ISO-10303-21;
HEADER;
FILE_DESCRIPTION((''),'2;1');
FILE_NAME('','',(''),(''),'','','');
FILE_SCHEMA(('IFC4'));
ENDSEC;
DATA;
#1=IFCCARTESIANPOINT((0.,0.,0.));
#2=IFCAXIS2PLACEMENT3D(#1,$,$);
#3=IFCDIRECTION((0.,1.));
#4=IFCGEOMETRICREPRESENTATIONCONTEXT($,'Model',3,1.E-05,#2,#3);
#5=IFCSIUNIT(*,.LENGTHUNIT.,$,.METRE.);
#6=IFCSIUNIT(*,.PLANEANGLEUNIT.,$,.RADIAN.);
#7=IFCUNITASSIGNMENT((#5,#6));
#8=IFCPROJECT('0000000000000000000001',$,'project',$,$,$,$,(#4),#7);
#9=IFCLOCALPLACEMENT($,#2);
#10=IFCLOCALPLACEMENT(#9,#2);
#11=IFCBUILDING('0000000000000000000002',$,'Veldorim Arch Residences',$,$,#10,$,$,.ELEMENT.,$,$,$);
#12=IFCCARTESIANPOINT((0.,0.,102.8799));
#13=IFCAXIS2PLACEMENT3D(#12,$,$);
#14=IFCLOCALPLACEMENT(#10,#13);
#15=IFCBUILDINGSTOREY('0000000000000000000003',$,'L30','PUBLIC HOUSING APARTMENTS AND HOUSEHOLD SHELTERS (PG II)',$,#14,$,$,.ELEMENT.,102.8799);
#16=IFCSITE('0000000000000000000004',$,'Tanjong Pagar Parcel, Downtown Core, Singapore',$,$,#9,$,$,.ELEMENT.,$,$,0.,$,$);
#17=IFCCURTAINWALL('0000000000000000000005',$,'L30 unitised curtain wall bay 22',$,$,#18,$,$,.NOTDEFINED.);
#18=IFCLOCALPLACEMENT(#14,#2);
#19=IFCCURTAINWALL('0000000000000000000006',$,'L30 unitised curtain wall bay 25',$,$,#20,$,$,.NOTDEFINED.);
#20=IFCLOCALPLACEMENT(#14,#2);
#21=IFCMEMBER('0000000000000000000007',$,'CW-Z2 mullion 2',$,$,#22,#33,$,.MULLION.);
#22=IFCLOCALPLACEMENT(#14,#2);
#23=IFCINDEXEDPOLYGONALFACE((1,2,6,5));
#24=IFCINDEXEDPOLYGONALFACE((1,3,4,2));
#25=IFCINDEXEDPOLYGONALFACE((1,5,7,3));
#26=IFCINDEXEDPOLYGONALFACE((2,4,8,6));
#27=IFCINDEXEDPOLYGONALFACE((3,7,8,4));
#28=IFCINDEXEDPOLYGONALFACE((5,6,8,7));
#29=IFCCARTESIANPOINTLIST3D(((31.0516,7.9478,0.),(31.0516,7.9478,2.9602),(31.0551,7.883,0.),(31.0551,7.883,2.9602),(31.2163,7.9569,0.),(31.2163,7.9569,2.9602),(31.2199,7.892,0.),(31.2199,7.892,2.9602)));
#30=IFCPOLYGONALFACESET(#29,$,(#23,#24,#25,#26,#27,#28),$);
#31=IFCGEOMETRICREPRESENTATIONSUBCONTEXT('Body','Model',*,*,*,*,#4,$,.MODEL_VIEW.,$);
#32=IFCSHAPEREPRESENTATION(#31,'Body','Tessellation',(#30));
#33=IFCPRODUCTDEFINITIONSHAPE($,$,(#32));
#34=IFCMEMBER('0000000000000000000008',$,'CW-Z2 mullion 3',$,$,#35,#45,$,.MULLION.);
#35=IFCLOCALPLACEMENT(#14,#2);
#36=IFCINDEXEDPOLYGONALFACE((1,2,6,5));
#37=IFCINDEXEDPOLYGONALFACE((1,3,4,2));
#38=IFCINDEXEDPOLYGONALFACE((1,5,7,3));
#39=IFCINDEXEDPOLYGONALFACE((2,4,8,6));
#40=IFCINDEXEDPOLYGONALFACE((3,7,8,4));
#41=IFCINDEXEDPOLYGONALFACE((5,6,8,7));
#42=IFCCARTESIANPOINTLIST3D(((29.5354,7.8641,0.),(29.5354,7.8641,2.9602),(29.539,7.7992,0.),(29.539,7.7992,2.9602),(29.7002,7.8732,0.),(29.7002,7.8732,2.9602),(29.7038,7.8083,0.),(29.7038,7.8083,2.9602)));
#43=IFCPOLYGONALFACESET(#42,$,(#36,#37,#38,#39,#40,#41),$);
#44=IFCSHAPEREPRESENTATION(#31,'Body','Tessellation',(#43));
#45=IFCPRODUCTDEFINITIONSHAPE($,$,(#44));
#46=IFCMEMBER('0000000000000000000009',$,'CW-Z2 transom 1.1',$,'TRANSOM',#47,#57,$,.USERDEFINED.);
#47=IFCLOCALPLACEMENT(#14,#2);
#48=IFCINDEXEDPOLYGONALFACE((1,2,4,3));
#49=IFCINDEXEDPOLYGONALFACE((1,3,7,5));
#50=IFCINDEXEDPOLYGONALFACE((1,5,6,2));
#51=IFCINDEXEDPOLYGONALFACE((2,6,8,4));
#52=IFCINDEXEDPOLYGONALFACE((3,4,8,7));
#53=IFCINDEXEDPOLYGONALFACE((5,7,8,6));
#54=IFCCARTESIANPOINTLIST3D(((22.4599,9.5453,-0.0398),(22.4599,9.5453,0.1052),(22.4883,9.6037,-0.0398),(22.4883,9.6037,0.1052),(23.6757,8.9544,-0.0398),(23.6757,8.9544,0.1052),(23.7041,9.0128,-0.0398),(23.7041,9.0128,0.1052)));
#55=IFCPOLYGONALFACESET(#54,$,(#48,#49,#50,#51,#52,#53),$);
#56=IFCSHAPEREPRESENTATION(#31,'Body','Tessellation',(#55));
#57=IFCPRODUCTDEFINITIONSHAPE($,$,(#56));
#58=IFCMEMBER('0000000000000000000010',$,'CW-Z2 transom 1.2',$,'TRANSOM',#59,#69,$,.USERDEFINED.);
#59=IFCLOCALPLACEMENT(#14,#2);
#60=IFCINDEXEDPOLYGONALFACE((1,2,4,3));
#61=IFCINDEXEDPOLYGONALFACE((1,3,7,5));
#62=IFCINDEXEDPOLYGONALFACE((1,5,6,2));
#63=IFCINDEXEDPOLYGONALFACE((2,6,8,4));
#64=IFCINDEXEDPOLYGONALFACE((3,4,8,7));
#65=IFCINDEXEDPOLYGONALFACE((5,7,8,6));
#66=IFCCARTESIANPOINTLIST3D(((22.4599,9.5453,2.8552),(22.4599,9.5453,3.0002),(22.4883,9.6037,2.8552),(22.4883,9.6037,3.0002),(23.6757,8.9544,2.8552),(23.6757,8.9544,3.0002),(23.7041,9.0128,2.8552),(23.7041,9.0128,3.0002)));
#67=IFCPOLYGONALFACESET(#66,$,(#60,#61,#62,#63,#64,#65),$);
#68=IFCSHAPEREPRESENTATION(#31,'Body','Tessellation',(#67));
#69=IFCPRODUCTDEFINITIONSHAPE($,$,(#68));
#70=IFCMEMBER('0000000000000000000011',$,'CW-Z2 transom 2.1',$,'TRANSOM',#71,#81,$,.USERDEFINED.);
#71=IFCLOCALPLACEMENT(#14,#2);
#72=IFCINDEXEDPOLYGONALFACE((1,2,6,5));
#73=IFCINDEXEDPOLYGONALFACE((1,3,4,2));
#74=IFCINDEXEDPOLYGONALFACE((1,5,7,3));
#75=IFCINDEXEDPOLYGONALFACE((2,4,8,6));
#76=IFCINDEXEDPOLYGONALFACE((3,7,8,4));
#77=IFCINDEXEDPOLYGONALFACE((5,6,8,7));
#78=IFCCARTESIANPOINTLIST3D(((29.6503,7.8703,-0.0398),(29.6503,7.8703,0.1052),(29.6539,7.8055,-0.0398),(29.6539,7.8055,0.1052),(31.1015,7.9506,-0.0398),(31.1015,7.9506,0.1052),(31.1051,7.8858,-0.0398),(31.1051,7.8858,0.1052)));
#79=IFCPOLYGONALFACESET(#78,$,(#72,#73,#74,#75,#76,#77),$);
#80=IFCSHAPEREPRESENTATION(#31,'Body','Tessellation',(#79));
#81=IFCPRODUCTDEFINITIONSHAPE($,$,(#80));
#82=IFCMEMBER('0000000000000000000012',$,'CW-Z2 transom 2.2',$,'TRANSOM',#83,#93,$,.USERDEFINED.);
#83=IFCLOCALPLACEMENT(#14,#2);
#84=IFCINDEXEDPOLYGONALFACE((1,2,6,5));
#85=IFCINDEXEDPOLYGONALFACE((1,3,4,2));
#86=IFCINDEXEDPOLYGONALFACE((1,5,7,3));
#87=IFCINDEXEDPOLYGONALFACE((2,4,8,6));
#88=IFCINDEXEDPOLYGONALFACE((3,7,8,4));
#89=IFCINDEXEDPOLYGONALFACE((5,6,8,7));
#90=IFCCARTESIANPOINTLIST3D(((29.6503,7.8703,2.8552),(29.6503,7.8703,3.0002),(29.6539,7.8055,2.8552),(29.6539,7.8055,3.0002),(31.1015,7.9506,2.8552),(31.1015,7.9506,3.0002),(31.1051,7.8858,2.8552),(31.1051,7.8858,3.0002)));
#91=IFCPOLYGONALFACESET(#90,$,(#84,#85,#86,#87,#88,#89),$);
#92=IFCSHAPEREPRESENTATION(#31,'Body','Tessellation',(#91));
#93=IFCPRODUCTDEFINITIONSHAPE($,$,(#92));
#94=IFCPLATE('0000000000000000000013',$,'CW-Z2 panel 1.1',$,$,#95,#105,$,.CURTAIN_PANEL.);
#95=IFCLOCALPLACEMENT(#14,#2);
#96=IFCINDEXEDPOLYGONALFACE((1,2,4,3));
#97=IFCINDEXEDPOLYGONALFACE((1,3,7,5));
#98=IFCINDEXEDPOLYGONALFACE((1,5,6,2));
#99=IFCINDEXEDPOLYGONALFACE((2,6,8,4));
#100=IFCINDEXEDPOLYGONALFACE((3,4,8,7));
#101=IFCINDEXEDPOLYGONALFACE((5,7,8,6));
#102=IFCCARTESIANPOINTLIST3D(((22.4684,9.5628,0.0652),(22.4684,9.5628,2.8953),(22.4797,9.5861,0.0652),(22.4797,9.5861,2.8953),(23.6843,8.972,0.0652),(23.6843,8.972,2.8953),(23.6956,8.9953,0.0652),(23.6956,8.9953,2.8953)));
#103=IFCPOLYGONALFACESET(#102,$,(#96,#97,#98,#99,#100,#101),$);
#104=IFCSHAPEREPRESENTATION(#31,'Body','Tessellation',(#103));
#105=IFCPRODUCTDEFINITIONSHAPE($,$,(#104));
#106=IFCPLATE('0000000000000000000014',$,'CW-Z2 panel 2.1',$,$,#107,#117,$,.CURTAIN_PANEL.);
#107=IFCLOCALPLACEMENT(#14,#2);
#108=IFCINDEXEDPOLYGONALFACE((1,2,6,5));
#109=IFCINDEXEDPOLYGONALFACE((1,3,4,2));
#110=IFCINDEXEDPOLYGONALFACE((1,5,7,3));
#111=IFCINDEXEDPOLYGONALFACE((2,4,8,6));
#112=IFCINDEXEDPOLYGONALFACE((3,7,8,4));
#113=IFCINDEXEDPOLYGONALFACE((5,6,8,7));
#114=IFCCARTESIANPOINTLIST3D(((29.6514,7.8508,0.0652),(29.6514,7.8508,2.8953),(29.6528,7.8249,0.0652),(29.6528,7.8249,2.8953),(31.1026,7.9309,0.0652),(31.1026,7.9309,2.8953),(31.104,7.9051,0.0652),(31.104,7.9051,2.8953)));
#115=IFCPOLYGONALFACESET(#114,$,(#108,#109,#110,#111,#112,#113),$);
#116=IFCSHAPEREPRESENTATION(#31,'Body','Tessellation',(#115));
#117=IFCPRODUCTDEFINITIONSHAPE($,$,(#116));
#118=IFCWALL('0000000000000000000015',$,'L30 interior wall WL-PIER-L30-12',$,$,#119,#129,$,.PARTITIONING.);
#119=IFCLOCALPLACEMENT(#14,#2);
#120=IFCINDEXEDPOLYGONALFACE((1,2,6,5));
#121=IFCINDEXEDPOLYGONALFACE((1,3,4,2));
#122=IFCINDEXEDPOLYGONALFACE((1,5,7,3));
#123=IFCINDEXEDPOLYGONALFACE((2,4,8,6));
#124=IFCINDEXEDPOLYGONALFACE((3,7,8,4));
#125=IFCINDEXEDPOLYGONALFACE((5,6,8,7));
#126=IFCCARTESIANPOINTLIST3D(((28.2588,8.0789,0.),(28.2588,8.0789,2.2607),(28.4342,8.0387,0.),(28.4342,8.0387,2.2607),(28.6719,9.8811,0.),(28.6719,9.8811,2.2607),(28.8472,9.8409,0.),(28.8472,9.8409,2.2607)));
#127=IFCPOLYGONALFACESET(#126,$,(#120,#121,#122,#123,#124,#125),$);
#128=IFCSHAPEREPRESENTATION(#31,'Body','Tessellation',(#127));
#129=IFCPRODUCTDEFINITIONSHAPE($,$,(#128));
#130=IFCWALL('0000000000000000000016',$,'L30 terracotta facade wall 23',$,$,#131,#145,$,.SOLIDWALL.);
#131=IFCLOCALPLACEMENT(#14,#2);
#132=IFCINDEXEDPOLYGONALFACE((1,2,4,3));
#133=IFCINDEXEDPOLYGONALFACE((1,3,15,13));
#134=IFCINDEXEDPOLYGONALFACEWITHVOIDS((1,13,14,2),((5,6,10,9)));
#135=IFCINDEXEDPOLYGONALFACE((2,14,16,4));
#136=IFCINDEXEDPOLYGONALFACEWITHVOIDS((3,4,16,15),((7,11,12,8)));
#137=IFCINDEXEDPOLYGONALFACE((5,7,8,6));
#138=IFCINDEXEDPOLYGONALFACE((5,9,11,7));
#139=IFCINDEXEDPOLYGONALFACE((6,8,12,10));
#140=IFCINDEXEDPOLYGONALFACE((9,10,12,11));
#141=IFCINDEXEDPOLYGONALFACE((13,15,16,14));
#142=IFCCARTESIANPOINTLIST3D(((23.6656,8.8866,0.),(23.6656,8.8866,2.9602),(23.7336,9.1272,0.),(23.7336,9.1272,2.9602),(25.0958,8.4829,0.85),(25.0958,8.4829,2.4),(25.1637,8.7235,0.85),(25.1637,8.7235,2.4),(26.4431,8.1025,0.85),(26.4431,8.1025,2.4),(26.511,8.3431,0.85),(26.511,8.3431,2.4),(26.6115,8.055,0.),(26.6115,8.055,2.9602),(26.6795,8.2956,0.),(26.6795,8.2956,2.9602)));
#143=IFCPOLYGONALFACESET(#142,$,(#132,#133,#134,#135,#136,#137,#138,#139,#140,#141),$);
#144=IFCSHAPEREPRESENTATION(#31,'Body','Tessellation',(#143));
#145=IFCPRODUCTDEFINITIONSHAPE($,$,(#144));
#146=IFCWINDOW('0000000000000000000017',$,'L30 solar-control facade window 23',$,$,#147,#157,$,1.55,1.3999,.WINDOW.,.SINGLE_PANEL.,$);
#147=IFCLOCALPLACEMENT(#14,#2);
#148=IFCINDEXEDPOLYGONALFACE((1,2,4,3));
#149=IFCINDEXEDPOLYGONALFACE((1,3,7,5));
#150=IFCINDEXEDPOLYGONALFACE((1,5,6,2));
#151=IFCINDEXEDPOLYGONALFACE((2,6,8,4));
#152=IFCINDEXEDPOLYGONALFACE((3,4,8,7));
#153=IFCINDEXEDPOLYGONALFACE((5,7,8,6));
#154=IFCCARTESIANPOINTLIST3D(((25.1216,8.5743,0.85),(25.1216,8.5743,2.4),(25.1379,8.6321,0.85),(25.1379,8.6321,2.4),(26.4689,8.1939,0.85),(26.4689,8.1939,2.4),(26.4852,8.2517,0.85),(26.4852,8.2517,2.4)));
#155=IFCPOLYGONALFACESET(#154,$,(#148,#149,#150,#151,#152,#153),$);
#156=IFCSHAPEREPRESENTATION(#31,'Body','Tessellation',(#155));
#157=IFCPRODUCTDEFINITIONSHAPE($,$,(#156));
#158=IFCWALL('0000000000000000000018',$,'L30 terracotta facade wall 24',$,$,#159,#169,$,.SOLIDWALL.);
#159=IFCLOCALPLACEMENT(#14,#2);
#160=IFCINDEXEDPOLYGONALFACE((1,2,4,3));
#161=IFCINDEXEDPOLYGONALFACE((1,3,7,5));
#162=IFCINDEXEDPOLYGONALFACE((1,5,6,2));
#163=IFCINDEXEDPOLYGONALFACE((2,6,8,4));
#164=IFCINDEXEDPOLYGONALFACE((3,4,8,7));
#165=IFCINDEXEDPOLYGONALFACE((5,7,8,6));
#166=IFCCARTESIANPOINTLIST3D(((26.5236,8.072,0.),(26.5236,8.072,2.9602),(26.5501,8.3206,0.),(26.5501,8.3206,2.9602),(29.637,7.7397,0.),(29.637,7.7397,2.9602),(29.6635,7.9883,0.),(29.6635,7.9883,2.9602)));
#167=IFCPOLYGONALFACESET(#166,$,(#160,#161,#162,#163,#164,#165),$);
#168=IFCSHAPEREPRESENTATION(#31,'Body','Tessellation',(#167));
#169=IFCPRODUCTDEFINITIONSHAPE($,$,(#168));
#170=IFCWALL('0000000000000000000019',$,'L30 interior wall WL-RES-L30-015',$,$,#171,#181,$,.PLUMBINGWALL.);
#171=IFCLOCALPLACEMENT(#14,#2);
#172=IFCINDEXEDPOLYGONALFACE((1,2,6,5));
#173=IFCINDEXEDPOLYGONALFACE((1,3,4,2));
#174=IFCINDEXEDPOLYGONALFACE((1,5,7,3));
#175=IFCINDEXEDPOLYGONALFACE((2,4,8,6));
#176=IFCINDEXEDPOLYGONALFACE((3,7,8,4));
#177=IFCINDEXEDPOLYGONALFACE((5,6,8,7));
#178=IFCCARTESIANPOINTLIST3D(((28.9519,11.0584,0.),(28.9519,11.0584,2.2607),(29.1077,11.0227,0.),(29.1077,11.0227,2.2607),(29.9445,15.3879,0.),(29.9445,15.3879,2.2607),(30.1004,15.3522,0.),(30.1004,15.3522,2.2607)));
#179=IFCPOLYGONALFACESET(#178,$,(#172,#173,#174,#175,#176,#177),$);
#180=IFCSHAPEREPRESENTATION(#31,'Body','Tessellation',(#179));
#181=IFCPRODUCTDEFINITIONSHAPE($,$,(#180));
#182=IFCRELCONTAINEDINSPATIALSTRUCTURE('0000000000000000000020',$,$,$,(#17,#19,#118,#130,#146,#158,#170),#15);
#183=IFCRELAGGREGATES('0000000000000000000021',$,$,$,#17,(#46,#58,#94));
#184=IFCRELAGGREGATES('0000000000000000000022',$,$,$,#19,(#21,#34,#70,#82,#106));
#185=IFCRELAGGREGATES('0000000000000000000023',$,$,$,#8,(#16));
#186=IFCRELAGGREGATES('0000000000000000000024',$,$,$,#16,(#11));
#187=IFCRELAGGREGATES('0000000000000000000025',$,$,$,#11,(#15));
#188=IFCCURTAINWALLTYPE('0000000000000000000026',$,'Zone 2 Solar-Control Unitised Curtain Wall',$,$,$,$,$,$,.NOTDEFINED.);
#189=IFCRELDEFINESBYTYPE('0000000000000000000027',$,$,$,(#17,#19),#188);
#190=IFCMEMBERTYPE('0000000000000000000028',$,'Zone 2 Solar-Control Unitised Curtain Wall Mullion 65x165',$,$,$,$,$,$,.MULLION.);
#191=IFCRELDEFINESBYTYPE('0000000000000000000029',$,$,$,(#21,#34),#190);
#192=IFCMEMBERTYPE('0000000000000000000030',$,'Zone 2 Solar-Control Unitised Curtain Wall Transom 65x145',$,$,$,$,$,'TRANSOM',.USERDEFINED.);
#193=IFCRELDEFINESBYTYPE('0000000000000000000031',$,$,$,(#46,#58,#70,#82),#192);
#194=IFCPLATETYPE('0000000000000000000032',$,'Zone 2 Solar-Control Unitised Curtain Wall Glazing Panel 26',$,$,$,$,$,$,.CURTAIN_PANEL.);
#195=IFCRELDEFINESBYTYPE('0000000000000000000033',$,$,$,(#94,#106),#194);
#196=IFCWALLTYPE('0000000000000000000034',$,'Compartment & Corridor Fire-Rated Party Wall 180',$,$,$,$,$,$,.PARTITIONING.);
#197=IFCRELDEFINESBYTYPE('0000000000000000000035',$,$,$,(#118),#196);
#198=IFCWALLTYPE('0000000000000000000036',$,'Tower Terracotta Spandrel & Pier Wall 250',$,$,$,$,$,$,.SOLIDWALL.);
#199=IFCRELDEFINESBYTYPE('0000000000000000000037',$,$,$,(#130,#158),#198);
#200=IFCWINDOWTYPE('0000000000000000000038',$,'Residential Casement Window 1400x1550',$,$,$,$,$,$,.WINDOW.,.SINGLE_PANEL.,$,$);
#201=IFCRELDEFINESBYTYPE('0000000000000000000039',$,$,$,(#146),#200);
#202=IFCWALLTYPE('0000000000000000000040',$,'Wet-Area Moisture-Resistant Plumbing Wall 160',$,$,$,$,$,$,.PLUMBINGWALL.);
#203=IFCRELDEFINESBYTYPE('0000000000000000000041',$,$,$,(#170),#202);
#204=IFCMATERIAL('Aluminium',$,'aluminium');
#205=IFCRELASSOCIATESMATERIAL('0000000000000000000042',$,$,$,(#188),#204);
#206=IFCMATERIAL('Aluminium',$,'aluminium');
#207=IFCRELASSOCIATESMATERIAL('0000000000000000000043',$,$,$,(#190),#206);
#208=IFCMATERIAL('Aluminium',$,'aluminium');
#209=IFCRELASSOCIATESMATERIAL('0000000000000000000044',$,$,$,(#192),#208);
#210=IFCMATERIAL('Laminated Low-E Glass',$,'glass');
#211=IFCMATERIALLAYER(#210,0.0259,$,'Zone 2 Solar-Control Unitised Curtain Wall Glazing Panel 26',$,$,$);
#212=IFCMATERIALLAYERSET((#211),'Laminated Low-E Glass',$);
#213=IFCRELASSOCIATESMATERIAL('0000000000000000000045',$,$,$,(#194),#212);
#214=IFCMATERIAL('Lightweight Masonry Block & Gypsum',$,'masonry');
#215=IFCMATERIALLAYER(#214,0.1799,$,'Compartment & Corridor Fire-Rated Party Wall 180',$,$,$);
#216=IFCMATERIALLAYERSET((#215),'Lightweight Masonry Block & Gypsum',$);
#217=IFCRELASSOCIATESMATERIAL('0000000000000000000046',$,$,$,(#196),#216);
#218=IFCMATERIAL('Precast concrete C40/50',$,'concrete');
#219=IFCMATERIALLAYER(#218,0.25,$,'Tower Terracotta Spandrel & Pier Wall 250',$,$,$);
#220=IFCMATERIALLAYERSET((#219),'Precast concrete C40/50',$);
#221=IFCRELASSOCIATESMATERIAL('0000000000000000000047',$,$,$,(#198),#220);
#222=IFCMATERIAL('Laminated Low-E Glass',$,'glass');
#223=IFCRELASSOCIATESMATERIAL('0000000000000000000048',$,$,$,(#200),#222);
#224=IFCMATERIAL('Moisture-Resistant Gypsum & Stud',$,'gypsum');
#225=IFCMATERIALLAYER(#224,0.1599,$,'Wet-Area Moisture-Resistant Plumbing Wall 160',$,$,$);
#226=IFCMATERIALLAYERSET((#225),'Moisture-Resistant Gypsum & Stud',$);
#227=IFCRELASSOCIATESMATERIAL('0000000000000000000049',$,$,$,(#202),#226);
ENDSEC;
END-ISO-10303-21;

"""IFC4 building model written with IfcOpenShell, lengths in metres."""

from ifc_helpers import new_model, si_unit, direction, frame, frame_2d, origin, origin_2d, place, context, subcontext, project, spatial, rectangle, extrude, material, layer, layer_set, material_profile, profile_set, type_object, element, fill, aggregate, save


model = new_model("IFC4")

# Units and contexts
model_context = context("Model", 3, precision=1e-05, world=origin(), true_north=direction((0.0, 1.0)))
body_context = subcontext(model_context, "Body", "Model", "MODEL_VIEW")
ifc_project = project(units=[si_unit("LENGTHUNIT", "METRE"), si_unit("PLANEANGLEUNIT", "RADIAN")], contexts=[model_context])

# Site, building, storey
site_placement = place(None, origin())
site = spatial("IfcSite", under=ifc_project, at=site_placement, Name="Tanjong Pagar Parcel, Downtown Core, Singapore", CompositionType="ELEMENT", RefElevation=0.0)
building_placement = place(site_placement, origin())
building = spatial("IfcBuilding", under=site, at=building_placement, Name="Veldorim Arch Residences", CompositionType="ELEMENT")
storey_placement = place(building_placement, frame((0.0, 0.0, 102.8799)))
storey = spatial("IfcBuildingStorey", under=building, at=storey_placement, Name="L30", Description="PUBLIC HOUSING APARTMENTS AND HOUSEHOLD SHELTERS (PG II)", CompositionType="ELEMENT", Elevation=102.8799)

# Curtain wall
ifc_material_1 = material(Name="Aluminium", Category="aluminium")
curtain_wall_type = type_object("IfcCurtainWallType", Name="Zone 2 Solar-Control Unitised Curtain Wall", PredefinedType="NOTDEFINED", material=ifc_material_1)
curtain_wall_1_placement = place(storey_placement, origin())
curtain_wall_1 = element("IfcCurtainWall", 1, at=curtain_wall_1_placement, inside=storey, type_object=curtain_wall_type, Name="L30 unitised curtain wall bay 22", PredefinedType="NOTDEFINED")
ifc_material_2 = material(Name="Aluminium", Category="aluminium")
ifc_material_profile_1 = material_profile(ifc_material_2, rectangle(XDim=0.0649, YDim=0.165, at=origin_2d()), Name="ALU_MUL_65x165")
ifc_profile_set_1 = profile_set([ifc_material_profile_1], Name="Aluminium")
member_type_1 = type_object("IfcMemberType", Name="Zone 2 Solar-Control Unitised Curtain Wall Mullion 65x165", PredefinedType="MULLION", material=ifc_profile_set_1)

# Curtain wall, members
curtain_wall_2_placement = place(storey_placement, origin())
curtain_wall_2 = element("IfcCurtainWall", 2, at=curtain_wall_2_placement, inside=storey, type_object=curtain_wall_type, Name="L30 unitised curtain wall bay 25", PredefinedType="NOTDEFINED")
member_1_placement = place(storey_placement, frame((31.1357, 7.9199, 0.0), z_axis=(0.0, 0.0, 1.0), x_axis=(0.055127, -0.998479, 0.0)))
member_1 = element("IfcMember", 3, at=member_1_placement, type_object=member_type_1, Name="CW-Z2 mullion 2", PredefinedType="MULLION", context=body_context, shape_type="SweptSolid", body=[
    extrude(rectangle(XDim=0.0649, YDim=0.165, at=origin_2d()), origin(), (0.0, 0.0, 1.0), 2.9602),
])
member_2_placement = place(storey_placement, frame((29.6196, 7.8362, 0.0), z_axis=(0.0, 0.0, 1.0), x_axis=(0.055127, -0.998479, 0.0)))
member_2 = element("IfcMember", 4, at=member_2_placement, type_object=member_type_1, Name="CW-Z2 mullion 3", PredefinedType="MULLION", context=body_context, shape_type="SweptSolid", body=[
    extrude(rectangle(XDim=0.0649, YDim=0.165, at=origin_2d()), origin(), (0.0, 0.0, 1.0), 2.9602),
])

# Members
ifc_material_3 = material(Name="Aluminium", Category="aluminium")
ifc_material_profile_2 = material_profile(ifc_material_3, rectangle(XDim=0.0649, YDim=0.145, at=origin_2d()), Name="ALU_TRN_65x145")
ifc_profile_set_2 = profile_set([ifc_material_profile_2], Name="Aluminium")
member_type_2 = type_object("IfcMemberType", Name="Zone 2 Solar-Control Unitised Curtain Wall Transom 65x145", ElementType="TRANSOM", PredefinedType="USERDEFINED", material=ifc_profile_set_2)
member_3_placement = place(storey_placement, frame((23.6899, 8.9836, 0.0327), z_axis=(-0.899427, 0.437071, 0.0), x_axis=(-0.437071, -0.899427, 0.0)))
member_3 = element("IfcMember", 5, at=member_3_placement, type_object=member_type_2, Name="CW-Z2 transom 1.1", ObjectType="TRANSOM", PredefinedType="USERDEFINED", context=body_context, shape_type="SweptSolid", body=[
    extrude(rectangle(XDim=0.0649, YDim=0.145, at=origin_2d()), origin(), (0.0, 0.0, 1.0), 1.3518),
])
member_4_placement = place(storey_placement, frame((23.6899, 8.9836, 2.9277), z_axis=(-0.899427, 0.437071, 0.0), x_axis=(-0.437071, -0.899427, 0.0)))
member_4 = element("IfcMember", 6, at=member_4_placement, type_object=member_type_2, Name="CW-Z2 transom 1.2", ObjectType="TRANSOM", PredefinedType="USERDEFINED", context=body_context, shape_type="SweptSolid", body=[
    extrude(rectangle(XDim=0.0649, YDim=0.145, at=origin_2d()), origin(), (0.0, 0.0, 1.0), 1.3518),
])
member_5_placement = place(storey_placement, frame((31.1033, 7.9182, 0.0327), z_axis=(-0.998472, -0.055265, 0.0), x_axis=(0.055265, -0.998472, 0.0)))
member_5 = element("IfcMember", 7, at=member_5_placement, type_object=member_type_2, Name="CW-Z2 transom 2.1", ObjectType="TRANSOM", PredefinedType="USERDEFINED", context=body_context, shape_type="SweptSolid", body=[
    extrude(rectangle(XDim=0.0649, YDim=0.145, at=origin_2d()), origin(), (0.0, 0.0, 1.0), 1.4534),
])
member_6_placement = place(storey_placement, frame((31.1033, 7.9182, 2.9277), z_axis=(-0.998472, -0.055265, 0.0), x_axis=(0.055265, -0.998472, 0.0)))
member_6 = element("IfcMember", 8, at=member_6_placement, type_object=member_type_2, Name="CW-Z2 transom 2.2", ObjectType="TRANSOM", PredefinedType="USERDEFINED", context=body_context, shape_type="SweptSolid", body=[
    extrude(rectangle(XDim=0.0649, YDim=0.145, at=origin_2d()), origin(), (0.0, 0.0, 1.0), 1.4534),
])

# Plates
ifc_material_4 = material(Name="Laminated Low-E Glass", Category="glass")
ifc_layer_1 = layer(ifc_material_4, 0.0259, Name="Zone 2 Solar-Control Unitised Curtain Wall Glazing Panel 26")
ifc_layer_set_1 = layer_set([ifc_layer_1], Name="Laminated Low-E Glass")
plate_type = type_object("IfcPlateType", Name="Zone 2 Solar-Control Unitised Curtain Wall Glazing Panel 26", PredefinedType="CURTAIN_PANEL", material=ifc_layer_set_1)
plate_1_placement = place(storey_placement, frame((23.082, 9.2791, 0.0652), z_axis=(0.0, 0.0, 1.0), x_axis=(-0.899462, 0.437, 0.0)))
plate_1 = element("IfcPlate", 9, at=plate_1_placement, type_object=plate_type, Name="CW-Z2 panel 1.1", PredefinedType="CURTAIN_PANEL", context=body_context, shape_type="SweptSolid", body=[
    extrude(rectangle(XDim=1.3518, YDim=0.0259, at=origin_2d()), origin(), (0.0, 0.0, 1.0), 2.8301),
])
aggregate(curtain_wall_1, [member_3, member_4, plate_1])
plate_2_placement = place(storey_placement, frame((30.3777, 7.8779, 0.0652), z_axis=(0.0, 0.0, 1.0), x_axis=(-0.998479, -0.055127, 0.0)))
plate_2 = element("IfcPlate", 10, at=plate_2_placement, type_object=plate_type, Name="CW-Z2 panel 2.1", PredefinedType="CURTAIN_PANEL", context=body_context, shape_type="SweptSolid", body=[
    extrude(rectangle(XDim=1.4534, YDim=0.0259, at=origin_2d()), origin(), (0.0, 0.0, 1.0), 2.8301),
])
aggregate(curtain_wall_2, [member_1, member_2, member_5, member_6, plate_2])

# Wall
ifc_material_5 = material(Name="Lightweight Masonry Block & Gypsum", Category="masonry")
ifc_layer_2 = layer(ifc_material_5, 0.1799, Name="Compartment & Corridor Fire-Rated Party Wall 180")
ifc_layer_set_2 = layer_set([ifc_layer_2], Name="Lightweight Masonry Block & Gypsum")
wall_type_1 = type_object("IfcWallType", Name="Compartment & Corridor Fire-Rated Party Wall 180", PredefinedType="PARTITIONING", material=ifc_layer_set_2)
wall_1_placement = place(storey_placement, frame((28.7595, 9.8608, 0.0), z_axis=(0.0, 0.0, 1.0), x_axis=(-0.223413, -0.974724, 0.0)))
element("IfcWall", 11, at=wall_1_placement, inside=storey, type_object=wall_type_1, Name="L30 interior wall WL-PIER-L30-12", PredefinedType="PARTITIONING", context=body_context, shape_type="SweptSolid", body=[
    extrude(rectangle(XDim=1.8489, YDim=0.1799, at=frame_2d((0.9243, 0.0))), origin(), (0.0, 0.0, 1.0), 2.2607),
])

# Wall, opening, window
ifc_material_6 = material(Name="Precast concrete C40/50", Category="concrete")
ifc_layer_3 = layer(ifc_material_6, 0.25, Name="Tower Terracotta Spandrel & Pier Wall 250")
ifc_layer_set_3 = layer_set([ifc_layer_3], Name="Precast concrete C40/50")
wall_type_2 = type_object("IfcWallType", Name="Tower Terracotta Spandrel & Pier Wall 250", PredefinedType="SOLIDWALL", material=ifc_layer_set_3)
wall_2_placement = place(storey_placement, frame((26.6455, 8.1753, 0.0), z_axis=(0.0, 0.0, 1.0), x_axis=(-0.962392, 0.271665, 0.0)))
wall_2 = element("IfcWall", 12, at=wall_2_placement, inside=storey, type_object=wall_type_2, Name="L30 terracotta facade wall 23", PredefinedType="SOLIDWALL", context=body_context, shape_type="SweptSolid", body=[
    extrude(rectangle(XDim=3.061, YDim=0.25, at=frame_2d((1.5305, 0.0))), origin(), (0.0, 0.0, 1.0), 2.9602),
])
opening_placement = place(wall_2_placement, frame((0.175, 0.0, 0.8501)))
opening = element("IfcOpeningElement", 13, at=opening_placement, cuts=wall_2, PredefinedType="OPENING", context=body_context, shape_type="SweptSolid", body=[
    extrude(rectangle(XDim=1.3999, YDim=1.55, at=frame_2d((0.7, 0.7749))), frame((0.0, 0.135, 0.0), z_axis=(0.0, -1.0, 0.0), x_axis=(1.0, 0.0, 0.0)), (0.0, 0.0, 1.0), 0.27),
])
ifc_material_7 = material(Name="Laminated Low-E Glass", Category="glass")
window_type = type_object("IfcWindowType", Name="Residential Casement Window 1400x1550", PartitioningType="SINGLE_PANEL", PredefinedType="WINDOW", material=ifc_material_7)
window_placement = place(opening_placement, origin())
window = element("IfcWindow", 14, at=window_placement, inside=storey, type_object=window_type, Name="L30 solar-control facade window 23", OverallHeight=1.55, OverallWidth=1.3999, PartitioningType="SINGLE_PANEL", PredefinedType="WINDOW", context=body_context, shape_type="SweptSolid", body=[
    extrude(rectangle(XDim=1.3999, YDim=1.55, at=frame_2d((0.7, 0.7749))), frame((0.0, 0.03, 0.0), z_axis=(0.0, -1.0, 0.0), x_axis=(1.0, 0.0, 0.0)), (0.0, 0.0, 1.0), 0.0601),
])
fill(opening, window)

# Walls
wall_3_placement = place(storey_placement, frame((29.6501, 7.864, 0.0), z_axis=(0.0, 0.0, 1.0), x_axis=(-0.994354, 0.106117, 0.0)))
element("IfcWall", 15, at=wall_3_placement, inside=storey, type_object=wall_type_2, Name="L30 terracotta facade wall 24", PredefinedType="SOLIDWALL", context=body_context, shape_type="SweptSolid", body=[
    extrude(rectangle(XDim=3.1311, YDim=0.25, at=frame_2d((1.5654, 0.0))), origin(), (0.0, 0.0, 1.0), 2.9602),
])
ifc_material_8 = material(Name="Moisture-Resistant Gypsum & Stud", Category="gypsum")
ifc_layer_4 = layer(ifc_material_8, 0.1599, Name="Wet-Area Moisture-Resistant Plumbing Wall 160")
ifc_layer_set_4 = layer_set([ifc_layer_4], Name="Moisture-Resistant Gypsum & Stud")
wall_type_3 = type_object("IfcWallType", Name="Wet-Area Moisture-Resistant Plumbing Wall 160", PredefinedType="PLUMBINGWALL", material=ifc_layer_set_4)
wall_4_placement = place(storey_placement, frame((29.0298, 11.0405, 0.0), z_axis=(0.0, 0.0, 1.0), x_axis=(0.223478, 0.974709, 0.0)))
element("IfcWall", 16, at=wall_4_placement, inside=storey, type_object=wall_type_3, Name="L30 interior wall WL-RES-L30-015", PredefinedType="PLUMBINGWALL", context=body_context, shape_type="SweptSolid", body=[
    extrude(rectangle(XDim=4.4419, YDim=0.1599, at=frame_2d((2.2209, 0.0))), origin(), (0.0, 0.0, 1.0), 2.2607),
])

save(model, "model.ifc")
